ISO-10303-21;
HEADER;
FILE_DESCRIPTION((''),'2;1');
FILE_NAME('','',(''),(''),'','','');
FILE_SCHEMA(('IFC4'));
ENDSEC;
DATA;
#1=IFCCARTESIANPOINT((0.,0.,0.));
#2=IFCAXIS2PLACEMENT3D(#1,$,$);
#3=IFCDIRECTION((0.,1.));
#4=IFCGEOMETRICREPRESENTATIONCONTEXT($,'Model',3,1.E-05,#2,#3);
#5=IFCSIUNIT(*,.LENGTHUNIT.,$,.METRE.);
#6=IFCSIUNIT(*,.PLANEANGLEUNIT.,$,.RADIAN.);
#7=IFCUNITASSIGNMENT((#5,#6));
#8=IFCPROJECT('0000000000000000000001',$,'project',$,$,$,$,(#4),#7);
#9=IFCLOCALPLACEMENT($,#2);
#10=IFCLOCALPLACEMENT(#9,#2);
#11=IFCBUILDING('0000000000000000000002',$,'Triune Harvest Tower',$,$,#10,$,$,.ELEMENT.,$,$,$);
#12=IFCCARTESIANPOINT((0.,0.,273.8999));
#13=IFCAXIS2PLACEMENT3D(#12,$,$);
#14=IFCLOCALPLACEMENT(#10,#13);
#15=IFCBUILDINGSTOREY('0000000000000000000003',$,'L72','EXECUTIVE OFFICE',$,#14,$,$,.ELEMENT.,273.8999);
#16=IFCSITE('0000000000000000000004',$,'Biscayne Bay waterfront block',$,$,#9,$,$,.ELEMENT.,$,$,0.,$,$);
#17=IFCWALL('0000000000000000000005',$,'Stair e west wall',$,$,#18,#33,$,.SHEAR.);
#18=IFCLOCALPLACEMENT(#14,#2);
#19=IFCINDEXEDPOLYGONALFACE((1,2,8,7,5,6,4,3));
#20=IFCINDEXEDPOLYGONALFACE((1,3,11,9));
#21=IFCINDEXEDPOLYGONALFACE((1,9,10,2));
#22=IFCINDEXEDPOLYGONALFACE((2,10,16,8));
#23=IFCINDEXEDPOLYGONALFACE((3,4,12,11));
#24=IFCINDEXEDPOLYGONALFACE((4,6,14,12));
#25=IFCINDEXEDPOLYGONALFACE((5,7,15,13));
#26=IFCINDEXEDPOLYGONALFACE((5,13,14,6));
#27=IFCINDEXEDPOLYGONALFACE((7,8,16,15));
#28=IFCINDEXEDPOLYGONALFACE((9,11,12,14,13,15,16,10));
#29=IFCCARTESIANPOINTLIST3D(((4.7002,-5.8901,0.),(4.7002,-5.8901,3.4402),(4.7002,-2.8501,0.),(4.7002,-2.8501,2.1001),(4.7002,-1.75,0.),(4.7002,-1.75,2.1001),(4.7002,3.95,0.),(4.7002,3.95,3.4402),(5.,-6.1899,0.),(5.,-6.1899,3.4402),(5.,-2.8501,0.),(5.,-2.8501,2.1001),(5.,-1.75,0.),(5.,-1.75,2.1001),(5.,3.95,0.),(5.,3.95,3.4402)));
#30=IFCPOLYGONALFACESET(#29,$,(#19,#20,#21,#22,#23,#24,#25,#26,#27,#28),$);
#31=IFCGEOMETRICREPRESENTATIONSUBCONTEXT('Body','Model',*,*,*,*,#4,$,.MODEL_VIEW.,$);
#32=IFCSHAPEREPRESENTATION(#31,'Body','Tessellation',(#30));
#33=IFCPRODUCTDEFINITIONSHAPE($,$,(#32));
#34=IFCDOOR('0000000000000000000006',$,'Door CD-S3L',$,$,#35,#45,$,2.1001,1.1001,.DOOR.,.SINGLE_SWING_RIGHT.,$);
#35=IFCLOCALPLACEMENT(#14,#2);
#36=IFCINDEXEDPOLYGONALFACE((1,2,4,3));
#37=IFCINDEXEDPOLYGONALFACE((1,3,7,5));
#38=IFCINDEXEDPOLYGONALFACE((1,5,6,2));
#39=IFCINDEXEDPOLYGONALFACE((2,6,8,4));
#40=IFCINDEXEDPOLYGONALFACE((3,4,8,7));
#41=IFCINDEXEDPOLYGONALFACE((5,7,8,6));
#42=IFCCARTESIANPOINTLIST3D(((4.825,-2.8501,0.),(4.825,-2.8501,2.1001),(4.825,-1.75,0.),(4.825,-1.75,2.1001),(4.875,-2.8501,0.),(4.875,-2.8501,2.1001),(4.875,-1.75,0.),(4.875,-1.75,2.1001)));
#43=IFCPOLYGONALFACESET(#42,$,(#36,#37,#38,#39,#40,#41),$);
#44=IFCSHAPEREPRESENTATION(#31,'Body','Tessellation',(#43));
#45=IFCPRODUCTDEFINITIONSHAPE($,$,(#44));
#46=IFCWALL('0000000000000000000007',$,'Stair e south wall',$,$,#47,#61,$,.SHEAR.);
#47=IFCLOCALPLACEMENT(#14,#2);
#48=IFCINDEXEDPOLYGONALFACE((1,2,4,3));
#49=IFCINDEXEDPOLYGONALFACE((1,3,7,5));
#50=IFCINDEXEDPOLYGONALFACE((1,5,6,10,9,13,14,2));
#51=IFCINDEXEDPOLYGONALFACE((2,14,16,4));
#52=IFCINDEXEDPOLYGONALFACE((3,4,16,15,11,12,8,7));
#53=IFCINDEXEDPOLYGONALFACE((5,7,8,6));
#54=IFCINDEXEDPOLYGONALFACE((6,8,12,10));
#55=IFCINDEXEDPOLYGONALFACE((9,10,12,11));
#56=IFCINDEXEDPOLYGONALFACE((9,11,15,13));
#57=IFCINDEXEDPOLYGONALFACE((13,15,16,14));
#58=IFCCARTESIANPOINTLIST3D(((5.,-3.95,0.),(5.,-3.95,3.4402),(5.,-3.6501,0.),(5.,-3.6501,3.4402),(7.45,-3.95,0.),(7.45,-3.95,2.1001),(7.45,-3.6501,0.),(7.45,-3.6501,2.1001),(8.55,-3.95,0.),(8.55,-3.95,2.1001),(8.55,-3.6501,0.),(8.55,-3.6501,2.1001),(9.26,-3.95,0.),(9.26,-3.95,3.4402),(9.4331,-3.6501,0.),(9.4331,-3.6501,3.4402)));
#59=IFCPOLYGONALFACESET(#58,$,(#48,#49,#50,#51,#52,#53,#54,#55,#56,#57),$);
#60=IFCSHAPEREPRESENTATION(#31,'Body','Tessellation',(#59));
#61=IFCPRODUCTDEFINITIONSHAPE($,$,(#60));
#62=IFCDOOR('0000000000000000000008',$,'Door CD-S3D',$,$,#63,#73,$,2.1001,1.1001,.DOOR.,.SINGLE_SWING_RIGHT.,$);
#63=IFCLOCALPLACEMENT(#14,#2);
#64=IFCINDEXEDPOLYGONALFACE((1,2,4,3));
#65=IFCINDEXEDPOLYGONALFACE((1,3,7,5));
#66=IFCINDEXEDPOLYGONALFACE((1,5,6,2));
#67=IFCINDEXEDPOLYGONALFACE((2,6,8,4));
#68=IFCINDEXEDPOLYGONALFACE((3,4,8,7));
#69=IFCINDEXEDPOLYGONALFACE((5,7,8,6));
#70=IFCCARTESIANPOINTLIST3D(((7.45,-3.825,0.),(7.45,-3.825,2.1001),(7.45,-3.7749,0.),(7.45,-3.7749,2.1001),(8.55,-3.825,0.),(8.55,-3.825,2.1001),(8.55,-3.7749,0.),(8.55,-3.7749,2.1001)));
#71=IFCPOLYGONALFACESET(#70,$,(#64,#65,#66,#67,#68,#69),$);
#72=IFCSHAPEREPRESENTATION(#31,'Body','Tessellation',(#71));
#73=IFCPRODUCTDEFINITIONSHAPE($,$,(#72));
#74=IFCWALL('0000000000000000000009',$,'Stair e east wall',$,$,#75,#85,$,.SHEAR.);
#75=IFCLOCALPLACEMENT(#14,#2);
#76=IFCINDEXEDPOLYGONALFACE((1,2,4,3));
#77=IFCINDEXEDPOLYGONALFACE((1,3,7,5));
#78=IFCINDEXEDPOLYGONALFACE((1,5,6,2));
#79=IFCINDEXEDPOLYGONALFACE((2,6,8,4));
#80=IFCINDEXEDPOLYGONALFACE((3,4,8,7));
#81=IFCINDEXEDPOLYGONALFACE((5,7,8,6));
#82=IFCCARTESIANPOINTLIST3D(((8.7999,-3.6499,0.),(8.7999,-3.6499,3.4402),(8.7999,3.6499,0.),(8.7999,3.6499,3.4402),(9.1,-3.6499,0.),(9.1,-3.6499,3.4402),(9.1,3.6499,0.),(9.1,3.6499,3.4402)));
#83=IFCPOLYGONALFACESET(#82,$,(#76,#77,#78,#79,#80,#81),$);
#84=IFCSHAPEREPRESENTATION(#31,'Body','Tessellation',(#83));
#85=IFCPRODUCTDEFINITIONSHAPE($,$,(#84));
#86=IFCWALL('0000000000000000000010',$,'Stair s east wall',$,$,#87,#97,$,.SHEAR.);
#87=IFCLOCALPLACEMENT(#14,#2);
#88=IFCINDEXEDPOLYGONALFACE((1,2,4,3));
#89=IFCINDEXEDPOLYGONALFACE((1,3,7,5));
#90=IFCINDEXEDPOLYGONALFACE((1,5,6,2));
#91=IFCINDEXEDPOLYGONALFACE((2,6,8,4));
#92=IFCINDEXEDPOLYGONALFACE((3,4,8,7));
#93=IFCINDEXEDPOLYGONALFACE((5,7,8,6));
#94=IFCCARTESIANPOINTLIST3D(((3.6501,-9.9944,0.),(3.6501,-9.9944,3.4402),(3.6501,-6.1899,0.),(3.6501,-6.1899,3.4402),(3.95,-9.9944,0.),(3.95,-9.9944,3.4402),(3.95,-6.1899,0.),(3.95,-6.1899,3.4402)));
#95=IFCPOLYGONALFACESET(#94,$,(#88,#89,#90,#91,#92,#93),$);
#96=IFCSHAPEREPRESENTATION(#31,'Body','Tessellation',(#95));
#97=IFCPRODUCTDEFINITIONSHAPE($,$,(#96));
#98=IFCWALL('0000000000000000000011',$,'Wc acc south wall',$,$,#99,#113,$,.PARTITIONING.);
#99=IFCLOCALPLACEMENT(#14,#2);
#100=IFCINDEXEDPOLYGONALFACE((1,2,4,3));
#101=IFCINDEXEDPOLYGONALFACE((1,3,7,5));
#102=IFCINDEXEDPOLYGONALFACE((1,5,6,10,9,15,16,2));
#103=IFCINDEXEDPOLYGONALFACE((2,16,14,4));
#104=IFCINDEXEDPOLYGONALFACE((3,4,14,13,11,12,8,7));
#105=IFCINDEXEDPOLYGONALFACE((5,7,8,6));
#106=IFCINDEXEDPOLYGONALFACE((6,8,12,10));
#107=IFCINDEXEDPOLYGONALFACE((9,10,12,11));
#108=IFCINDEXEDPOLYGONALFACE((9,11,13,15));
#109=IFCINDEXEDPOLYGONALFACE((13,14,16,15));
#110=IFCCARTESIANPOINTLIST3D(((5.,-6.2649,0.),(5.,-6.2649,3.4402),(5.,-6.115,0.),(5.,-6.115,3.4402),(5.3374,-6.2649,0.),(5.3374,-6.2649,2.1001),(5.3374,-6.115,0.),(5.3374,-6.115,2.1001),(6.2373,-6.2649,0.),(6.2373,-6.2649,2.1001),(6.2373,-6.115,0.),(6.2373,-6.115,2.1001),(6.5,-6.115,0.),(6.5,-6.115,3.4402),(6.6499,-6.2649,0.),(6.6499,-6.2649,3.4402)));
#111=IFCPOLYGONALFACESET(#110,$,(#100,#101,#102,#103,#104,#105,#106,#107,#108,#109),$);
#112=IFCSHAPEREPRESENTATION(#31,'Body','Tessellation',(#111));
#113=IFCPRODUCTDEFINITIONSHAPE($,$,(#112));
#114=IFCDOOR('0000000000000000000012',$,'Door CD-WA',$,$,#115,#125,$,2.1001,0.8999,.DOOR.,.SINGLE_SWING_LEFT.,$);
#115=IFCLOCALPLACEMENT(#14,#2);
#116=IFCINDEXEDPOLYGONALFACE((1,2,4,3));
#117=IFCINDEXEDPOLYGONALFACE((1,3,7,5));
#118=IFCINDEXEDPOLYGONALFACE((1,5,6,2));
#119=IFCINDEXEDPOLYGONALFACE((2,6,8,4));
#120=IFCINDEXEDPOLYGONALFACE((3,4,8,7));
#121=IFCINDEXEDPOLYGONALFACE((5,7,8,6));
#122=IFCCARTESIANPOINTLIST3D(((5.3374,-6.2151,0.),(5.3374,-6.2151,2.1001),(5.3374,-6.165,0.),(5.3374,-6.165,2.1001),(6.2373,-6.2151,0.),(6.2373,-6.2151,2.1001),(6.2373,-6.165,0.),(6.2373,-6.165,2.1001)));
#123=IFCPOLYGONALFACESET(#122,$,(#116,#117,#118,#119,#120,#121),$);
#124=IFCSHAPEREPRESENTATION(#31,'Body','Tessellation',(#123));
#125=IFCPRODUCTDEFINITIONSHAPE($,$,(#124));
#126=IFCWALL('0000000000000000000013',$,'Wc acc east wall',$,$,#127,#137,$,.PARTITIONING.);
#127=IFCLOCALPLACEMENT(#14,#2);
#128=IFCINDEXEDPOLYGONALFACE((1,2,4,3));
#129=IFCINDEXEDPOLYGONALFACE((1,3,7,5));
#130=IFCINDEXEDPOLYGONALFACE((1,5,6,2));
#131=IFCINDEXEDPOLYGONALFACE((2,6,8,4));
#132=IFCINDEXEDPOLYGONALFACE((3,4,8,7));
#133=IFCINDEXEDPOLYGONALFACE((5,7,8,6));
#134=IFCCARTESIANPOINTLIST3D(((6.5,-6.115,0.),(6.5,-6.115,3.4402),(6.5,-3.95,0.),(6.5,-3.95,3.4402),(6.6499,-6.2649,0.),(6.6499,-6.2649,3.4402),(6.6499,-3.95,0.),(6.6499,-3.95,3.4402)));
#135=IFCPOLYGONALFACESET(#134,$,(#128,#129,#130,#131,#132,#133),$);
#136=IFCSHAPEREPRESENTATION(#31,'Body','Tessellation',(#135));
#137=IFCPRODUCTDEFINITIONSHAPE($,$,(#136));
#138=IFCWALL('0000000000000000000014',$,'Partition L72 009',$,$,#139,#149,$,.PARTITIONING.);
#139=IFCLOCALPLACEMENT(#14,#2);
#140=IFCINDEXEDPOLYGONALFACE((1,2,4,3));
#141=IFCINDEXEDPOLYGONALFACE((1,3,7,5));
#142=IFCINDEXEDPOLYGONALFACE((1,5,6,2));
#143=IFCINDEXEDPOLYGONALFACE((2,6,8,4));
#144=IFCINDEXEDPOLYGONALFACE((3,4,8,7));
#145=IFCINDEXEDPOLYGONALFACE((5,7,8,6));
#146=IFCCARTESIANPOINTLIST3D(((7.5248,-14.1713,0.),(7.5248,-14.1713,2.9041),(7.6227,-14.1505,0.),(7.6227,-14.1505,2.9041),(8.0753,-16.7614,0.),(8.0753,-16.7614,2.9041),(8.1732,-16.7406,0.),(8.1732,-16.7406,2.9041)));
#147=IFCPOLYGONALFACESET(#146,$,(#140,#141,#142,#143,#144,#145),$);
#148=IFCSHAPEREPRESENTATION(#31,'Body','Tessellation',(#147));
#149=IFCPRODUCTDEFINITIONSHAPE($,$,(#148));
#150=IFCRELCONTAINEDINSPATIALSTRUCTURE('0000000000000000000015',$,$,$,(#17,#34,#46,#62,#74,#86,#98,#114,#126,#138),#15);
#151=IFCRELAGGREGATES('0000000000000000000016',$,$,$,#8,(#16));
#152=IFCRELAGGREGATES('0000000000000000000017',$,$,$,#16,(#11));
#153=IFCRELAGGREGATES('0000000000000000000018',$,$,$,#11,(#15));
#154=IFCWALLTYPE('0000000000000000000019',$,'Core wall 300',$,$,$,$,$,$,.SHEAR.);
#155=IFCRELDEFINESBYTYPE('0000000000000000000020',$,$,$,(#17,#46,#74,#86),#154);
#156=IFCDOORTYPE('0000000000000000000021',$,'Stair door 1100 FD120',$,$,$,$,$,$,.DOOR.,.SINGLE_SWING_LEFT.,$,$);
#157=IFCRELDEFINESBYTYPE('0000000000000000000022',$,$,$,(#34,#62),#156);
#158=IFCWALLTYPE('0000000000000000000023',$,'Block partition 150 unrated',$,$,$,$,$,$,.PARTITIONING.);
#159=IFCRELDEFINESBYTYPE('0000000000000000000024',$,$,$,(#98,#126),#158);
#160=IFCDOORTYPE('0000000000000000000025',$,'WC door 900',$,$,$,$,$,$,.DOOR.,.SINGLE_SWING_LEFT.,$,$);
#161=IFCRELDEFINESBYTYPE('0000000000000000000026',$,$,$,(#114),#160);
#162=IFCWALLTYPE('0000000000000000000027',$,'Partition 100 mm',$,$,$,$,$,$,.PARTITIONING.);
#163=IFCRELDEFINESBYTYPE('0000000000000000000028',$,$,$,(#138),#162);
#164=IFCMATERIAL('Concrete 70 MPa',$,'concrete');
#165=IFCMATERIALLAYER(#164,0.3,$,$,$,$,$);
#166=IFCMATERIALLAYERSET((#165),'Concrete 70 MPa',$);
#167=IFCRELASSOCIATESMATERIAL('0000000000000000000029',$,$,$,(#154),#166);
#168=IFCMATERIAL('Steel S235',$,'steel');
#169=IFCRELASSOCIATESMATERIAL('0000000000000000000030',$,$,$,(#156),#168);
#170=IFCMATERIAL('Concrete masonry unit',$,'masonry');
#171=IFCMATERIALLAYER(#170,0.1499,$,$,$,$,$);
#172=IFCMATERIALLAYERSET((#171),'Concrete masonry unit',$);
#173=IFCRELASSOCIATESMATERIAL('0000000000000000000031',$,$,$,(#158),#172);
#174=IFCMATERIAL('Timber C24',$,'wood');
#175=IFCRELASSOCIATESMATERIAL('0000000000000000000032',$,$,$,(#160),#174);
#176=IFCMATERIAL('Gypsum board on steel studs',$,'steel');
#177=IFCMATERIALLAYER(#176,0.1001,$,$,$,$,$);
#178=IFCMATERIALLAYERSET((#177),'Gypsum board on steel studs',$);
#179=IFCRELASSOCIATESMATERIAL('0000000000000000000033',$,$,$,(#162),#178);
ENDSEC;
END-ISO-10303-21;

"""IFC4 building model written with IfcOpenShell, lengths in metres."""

from ifc_helpers import new_model, si_unit, direction, frame, frame_2d, origin, place, context, subcontext, project, spatial, polyline, rectangle, outline, extrude, source, transform, mapped, material, layer, layer_set, type_object, element, fill, save


model = new_model("IFC4")

# Units and contexts
model_context = context("Model", 3, precision=1e-05, world=origin(), true_north=direction((0.0, 1.0)))
body_context = subcontext(model_context, "Body", "Model", "MODEL_VIEW")
ifc_project = project(units=[si_unit("LENGTHUNIT", "METRE"), si_unit("PLANEANGLEUNIT", "RADIAN")], contexts=[model_context])

# Site, building, storey
site_placement = place(None, origin())
site = spatial("IfcSite", under=ifc_project, at=site_placement, Name="Biscayne Bay waterfront block", CompositionType="ELEMENT", RefElevation=0.0)
building_placement = place(site_placement, origin())
building = spatial("IfcBuilding", under=site, at=building_placement, Name="Triune Harvest Tower", CompositionType="ELEMENT")
storey_placement = place(building_placement, frame((0.0, 0.0, 273.8999)))
storey = spatial("IfcBuildingStorey", under=building, at=storey_placement, Name="L72", Description="EXECUTIVE OFFICE", CompositionType="ELEMENT", Elevation=273.8999)

# Shared definitions
ifc_material_1 = material(Name="Concrete 70 MPa", Category="concrete")
ifc_layer_1 = layer(ifc_material_1, 0.3)
ifc_layer_set_1 = layer_set([ifc_layer_1], Name="Concrete 70 MPa")
wall_type_1 = type_object("IfcWallType", Name="Core wall 300", PredefinedType="SHEAR", material=ifc_layer_set_1)

# Walls, openings, doors
shared_shape_1 = source(origin(), body_context, "Body", "SweptSolid", [
    extrude(outline(polyline([(-0.1499, -0.1499), (9.99, -0.1499), (9.99, 0.1499), (0.1499, 0.1499), (-0.1499, -0.1499)])), origin(), (0.0, 0.0, 1.0), 3.4402),
])
wall_1_placement = place(storey_placement, frame((4.8501, -6.04, 0.0), z_axis=(0.0, 0.0, 1.0), x_axis=(0.0, 1.0, 0.0)))
wall_1 = element("IfcWall", 1, at=wall_1_placement, inside=storey, type_object=wall_type_1, Name="Stair e west wall", PredefinedType="SHEAR", context=body_context, shape_type="MappedRepresentation", body=[
    mapped(shared_shape_1, transform((0.0, 0.0, 0.0), scale=1.0)),
])
opening_1_placement = place(wall_1_placement, frame((3.1899, 0.0, 0.0)))
opening_1 = element("IfcOpeningElement", 2, at=opening_1_placement, cuts=wall_1, PredefinedType="OPENING", context=body_context, shape_type="SweptSolid", body=[
    extrude(rectangle(XDim=1.1001, YDim=2.1001, at=frame_2d((0.55, 1.05))), frame((0.0, 0.1602, 0.0), z_axis=(0.0, -1.0, 0.0), x_axis=(1.0, 0.0, 0.0)), (0.0, 0.0, 1.0), 0.3201),
])
ifc_material_2 = material(Name="Steel S235", Category="steel")
door_type_1 = type_object("IfcDoorType", Name="Stair door 1100 FD120", OperationType="SINGLE_SWING_LEFT", PredefinedType="DOOR", material=ifc_material_2)
door_1_placement = place(opening_1_placement, frame((1.1001, 0.0, 0.0), z_axis=(0.0, 0.0, 1.0), x_axis=(-1.0, 0.0, 0.0)))
door_1 = element("IfcDoor", 3, at=door_1_placement, inside=storey, type_object=door_type_1, Name="Door CD-S3L", OperationType="SINGLE_SWING_RIGHT", OverallHeight=2.1001, OverallWidth=1.1001, PredefinedType="DOOR", context=body_context, shape_type="SweptSolid", body=[
    extrude(rectangle(XDim=1.1001, YDim=2.1001, at=frame_2d((0.55, 1.05))), frame((0.0, 0.0249, 0.0), z_axis=(0.0, -1.0, 0.0), x_axis=(1.0, 0.0, 0.0)), (0.0, 0.0, 1.0), 0.05),
])
fill(opening_1, door_1)
shared_shape_2 = source(origin(), body_context, "Body", "SweptSolid", [
    extrude(outline(polyline([(0.0, -0.1499), (0.0, 0.1499), (4.4331, 0.1499), (4.26, -0.1499), (0.0, -0.1499)])), origin(), (0.0, 0.0, 1.0), 3.4402),
])
wall_2_placement = place(storey_placement, frame((5.0, -3.8, 0.0), z_axis=(0.0, 0.0, 1.0), x_axis=(1.0, 0.0, 0.0)))
wall_2 = element("IfcWall", 4, at=wall_2_placement, inside=storey, type_object=wall_type_1, Name="Stair e south wall", PredefinedType="SHEAR", context=body_context, shape_type="MappedRepresentation", body=[
    mapped(shared_shape_2, transform((0.0, 0.0, 0.0), scale=1.0)),
])
opening_2_placement = place(wall_2_placement, frame((2.45, 0.0, 0.0)))
opening_2 = element("IfcOpeningElement", 5, at=opening_2_placement, cuts=wall_2, PredefinedType="OPENING", context=body_context, shape_type="SweptSolid", body=[
    extrude(rectangle(XDim=1.1001, YDim=2.1001, at=frame_2d((0.55, 1.05))), frame((0.0, 0.1602, 0.0), z_axis=(0.0, -1.0, 0.0), x_axis=(1.0, 0.0, 0.0)), (0.0, 0.0, 1.0), 0.3201),
])
door_2_placement = place(opening_2_placement, frame((1.1001, 0.0, 0.0), z_axis=(0.0, 0.0, 1.0), x_axis=(-1.0, 0.0, 0.0)))
door_2 = element("IfcDoor", 6, at=door_2_placement, inside=storey, type_object=door_type_1, Name="Door CD-S3D", OperationType="SINGLE_SWING_RIGHT", OverallHeight=2.1001, OverallWidth=1.1001, PredefinedType="DOOR", context=body_context, shape_type="SweptSolid", body=[
    extrude(rectangle(XDim=1.1001, YDim=2.1001, at=frame_2d((0.55, 1.05))), frame((0.0, 0.0249, 0.0), z_axis=(0.0, -1.0, 0.0), x_axis=(1.0, 0.0, 0.0)), (0.0, 0.0, 1.0), 0.05),
])
fill(opening_2, door_2)

# Walls
shared_shape_3 = source(origin(), body_context, "Body", "SweptSolid", [
    extrude(rectangle(XDim=7.2998, YDim=0.3, at=frame_2d((3.6499, 0.0))), origin(), (0.0, 0.0, 1.0), 3.4402),
])
wall_3_placement = place(storey_placement, frame((8.95, -3.6499, 0.0), z_axis=(0.0, 0.0, 1.0), x_axis=(0.0, 1.0, 0.0)))
element("IfcWall", 7, at=wall_3_placement, inside=storey, type_object=wall_type_1, Name="Stair e east wall", PredefinedType="SHEAR", context=body_context, shape_type="MappedRepresentation", body=[
    mapped(shared_shape_3, transform((0.0, 0.0, 0.0), scale=1.0)),
])
shared_shape_4 = source(origin(), body_context, "Body", "SweptSolid", [
    extrude(outline(polyline([(3.8, -0.1499), (-0.0044, -0.1499), (-0.0044, 0.1499), (3.8, 0.1499), (3.8, -0.1499)])), origin(), (0.0, 0.0, 1.0), 3.4402),
])
wall_4_placement = place(storey_placement, frame((3.8, -9.99, 0.0), z_axis=(0.0, 0.0, 1.0), x_axis=(0.0, 1.0, 0.0)))
element("IfcWall", 8, at=wall_4_placement, inside=storey, type_object=wall_type_1, Name="Stair s east wall", PredefinedType="SHEAR", context=body_context, shape_type="MappedRepresentation", body=[
    mapped(shared_shape_4, transform((0.0, 0.0, 0.0), scale=1.0)),
])

# Wall, opening, door
ifc_material_3 = material(Name="Concrete masonry unit", Category="masonry")
ifc_layer_2 = layer(ifc_material_3, 0.1499)
ifc_layer_set_2 = layer_set([ifc_layer_2], Name="Concrete masonry unit")
wall_type_2 = type_object("IfcWallType", Name="Block partition 150 unrated", PredefinedType="PARTITIONING", material=ifc_layer_set_2)
shared_shape_5 = source(origin(), body_context, "Body", "SweptSolid", [
    extrude(outline(polyline([(0.0, -0.075), (1.6499, -0.075), (1.5, 0.075), (0.0, 0.075), (0.0, -0.075)])), origin(), (0.0, 0.0, 1.0), 3.4402),
])
wall_5_placement = place(storey_placement, frame((5.0, -6.1899, 0.0), z_axis=(0.0, 0.0, 1.0), x_axis=(1.0, 0.0, 0.0)))
wall_5 = element("IfcWall", 9, at=wall_5_placement, inside=storey, type_object=wall_type_2, Name="Wc acc south wall", PredefinedType="PARTITIONING", context=body_context, shape_type="MappedRepresentation", body=[
    mapped(shared_shape_5, transform((0.0, 0.0, 0.0), scale=1.0)),
])
opening_3_placement = place(wall_5_placement, frame((0.3374, 0.0, 0.0)))
opening_3 = element("IfcOpeningElement", 10, at=opening_3_placement, cuts=wall_5, PredefinedType="OPENING", context=body_context, shape_type="SweptSolid", body=[
    extrude(rectangle(XDim=0.8999, YDim=2.1001, at=frame_2d((0.45, 1.05))), frame((0.0, 0.085, 0.0), z_axis=(0.0, -1.0, 0.0), x_axis=(1.0, 0.0, 0.0)), (0.0, 0.0, 1.0), 0.1699),
])
ifc_material_4 = material(Name="Timber C24", Category="wood")
door_type_2 = type_object("IfcDoorType", Name="WC door 900", OperationType="SINGLE_SWING_LEFT", PredefinedType="DOOR", material=ifc_material_4)
door_3_placement = place(opening_3_placement, origin())
door_3 = element("IfcDoor", 11, at=door_3_placement, inside=storey, type_object=door_type_2, Name="Door CD-WA", OperationType="SINGLE_SWING_LEFT", OverallHeight=2.1001, OverallWidth=0.8999, PredefinedType="DOOR", context=body_context, shape_type="SweptSolid", body=[
    extrude(rectangle(XDim=0.8999, YDim=2.1001, at=frame_2d((0.45, 1.05))), frame((0.0, 0.0249, 0.0), z_axis=(0.0, -1.0, 0.0), x_axis=(1.0, 0.0, 0.0)), (0.0, 0.0, 1.0), 0.05),
])
fill(opening_3, door_3)

# Walls
shared_shape_6 = source(origin(), body_context, "Body", "SweptSolid", [
    extrude(outline(polyline([(-0.075, -0.075), (2.24, -0.075), (2.24, 0.075), (0.075, 0.075), (-0.075, -0.075)])), origin(), (0.0, 0.0, 1.0), 3.4402),
])
wall_6_placement = place(storey_placement, frame((6.575, -6.1899, 0.0), z_axis=(0.0, 0.0, 1.0), x_axis=(0.0, 1.0, 0.0)))
element("IfcWall", 12, at=wall_6_placement, inside=storey, type_object=wall_type_2, Name="Wc acc east wall", PredefinedType="PARTITIONING", context=body_context, shape_type="MappedRepresentation", body=[
    mapped(shared_shape_6, transform((0.0, 0.0, 0.0), scale=1.0)),
])
ifc_material_5 = material(Name="Gypsum board on steel studs", Category="steel")
ifc_layer_3 = layer(ifc_material_5, 0.1001)
ifc_layer_set_3 = layer_set([ifc_layer_3], Name="Gypsum board on steel studs")
wall_type_3 = type_object("IfcWallType", Name="Partition 100 mm", PredefinedType="PARTITIONING", material=ifc_layer_set_3)
shared_shape_7 = source(origin(), body_context, "Body", "SweptSolid", [
    extrude(rectangle(XDim=2.6479, YDim=0.1001, at=frame_2d((1.324, 0.0))), origin(), (0.0, 0.0, 1.0), 2.9041),
])
wall_7_placement = place(storey_placement, frame((7.5737, -14.1609, 0.0), z_axis=(0.0, 0.0, 1.0), x_axis=(0.207911, -0.978148, 0.0)))
element("IfcWall", 13, at=wall_7_placement, inside=storey, type_object=wall_type_3, Name="Partition L72 009", PredefinedType="PARTITIONING", context=body_context, shape_type="MappedRepresentation", body=[
    mapped(shared_shape_7, transform((0.0, 0.0, 0.0), scale=1.0)),
])

save(model, "model.ifc")
